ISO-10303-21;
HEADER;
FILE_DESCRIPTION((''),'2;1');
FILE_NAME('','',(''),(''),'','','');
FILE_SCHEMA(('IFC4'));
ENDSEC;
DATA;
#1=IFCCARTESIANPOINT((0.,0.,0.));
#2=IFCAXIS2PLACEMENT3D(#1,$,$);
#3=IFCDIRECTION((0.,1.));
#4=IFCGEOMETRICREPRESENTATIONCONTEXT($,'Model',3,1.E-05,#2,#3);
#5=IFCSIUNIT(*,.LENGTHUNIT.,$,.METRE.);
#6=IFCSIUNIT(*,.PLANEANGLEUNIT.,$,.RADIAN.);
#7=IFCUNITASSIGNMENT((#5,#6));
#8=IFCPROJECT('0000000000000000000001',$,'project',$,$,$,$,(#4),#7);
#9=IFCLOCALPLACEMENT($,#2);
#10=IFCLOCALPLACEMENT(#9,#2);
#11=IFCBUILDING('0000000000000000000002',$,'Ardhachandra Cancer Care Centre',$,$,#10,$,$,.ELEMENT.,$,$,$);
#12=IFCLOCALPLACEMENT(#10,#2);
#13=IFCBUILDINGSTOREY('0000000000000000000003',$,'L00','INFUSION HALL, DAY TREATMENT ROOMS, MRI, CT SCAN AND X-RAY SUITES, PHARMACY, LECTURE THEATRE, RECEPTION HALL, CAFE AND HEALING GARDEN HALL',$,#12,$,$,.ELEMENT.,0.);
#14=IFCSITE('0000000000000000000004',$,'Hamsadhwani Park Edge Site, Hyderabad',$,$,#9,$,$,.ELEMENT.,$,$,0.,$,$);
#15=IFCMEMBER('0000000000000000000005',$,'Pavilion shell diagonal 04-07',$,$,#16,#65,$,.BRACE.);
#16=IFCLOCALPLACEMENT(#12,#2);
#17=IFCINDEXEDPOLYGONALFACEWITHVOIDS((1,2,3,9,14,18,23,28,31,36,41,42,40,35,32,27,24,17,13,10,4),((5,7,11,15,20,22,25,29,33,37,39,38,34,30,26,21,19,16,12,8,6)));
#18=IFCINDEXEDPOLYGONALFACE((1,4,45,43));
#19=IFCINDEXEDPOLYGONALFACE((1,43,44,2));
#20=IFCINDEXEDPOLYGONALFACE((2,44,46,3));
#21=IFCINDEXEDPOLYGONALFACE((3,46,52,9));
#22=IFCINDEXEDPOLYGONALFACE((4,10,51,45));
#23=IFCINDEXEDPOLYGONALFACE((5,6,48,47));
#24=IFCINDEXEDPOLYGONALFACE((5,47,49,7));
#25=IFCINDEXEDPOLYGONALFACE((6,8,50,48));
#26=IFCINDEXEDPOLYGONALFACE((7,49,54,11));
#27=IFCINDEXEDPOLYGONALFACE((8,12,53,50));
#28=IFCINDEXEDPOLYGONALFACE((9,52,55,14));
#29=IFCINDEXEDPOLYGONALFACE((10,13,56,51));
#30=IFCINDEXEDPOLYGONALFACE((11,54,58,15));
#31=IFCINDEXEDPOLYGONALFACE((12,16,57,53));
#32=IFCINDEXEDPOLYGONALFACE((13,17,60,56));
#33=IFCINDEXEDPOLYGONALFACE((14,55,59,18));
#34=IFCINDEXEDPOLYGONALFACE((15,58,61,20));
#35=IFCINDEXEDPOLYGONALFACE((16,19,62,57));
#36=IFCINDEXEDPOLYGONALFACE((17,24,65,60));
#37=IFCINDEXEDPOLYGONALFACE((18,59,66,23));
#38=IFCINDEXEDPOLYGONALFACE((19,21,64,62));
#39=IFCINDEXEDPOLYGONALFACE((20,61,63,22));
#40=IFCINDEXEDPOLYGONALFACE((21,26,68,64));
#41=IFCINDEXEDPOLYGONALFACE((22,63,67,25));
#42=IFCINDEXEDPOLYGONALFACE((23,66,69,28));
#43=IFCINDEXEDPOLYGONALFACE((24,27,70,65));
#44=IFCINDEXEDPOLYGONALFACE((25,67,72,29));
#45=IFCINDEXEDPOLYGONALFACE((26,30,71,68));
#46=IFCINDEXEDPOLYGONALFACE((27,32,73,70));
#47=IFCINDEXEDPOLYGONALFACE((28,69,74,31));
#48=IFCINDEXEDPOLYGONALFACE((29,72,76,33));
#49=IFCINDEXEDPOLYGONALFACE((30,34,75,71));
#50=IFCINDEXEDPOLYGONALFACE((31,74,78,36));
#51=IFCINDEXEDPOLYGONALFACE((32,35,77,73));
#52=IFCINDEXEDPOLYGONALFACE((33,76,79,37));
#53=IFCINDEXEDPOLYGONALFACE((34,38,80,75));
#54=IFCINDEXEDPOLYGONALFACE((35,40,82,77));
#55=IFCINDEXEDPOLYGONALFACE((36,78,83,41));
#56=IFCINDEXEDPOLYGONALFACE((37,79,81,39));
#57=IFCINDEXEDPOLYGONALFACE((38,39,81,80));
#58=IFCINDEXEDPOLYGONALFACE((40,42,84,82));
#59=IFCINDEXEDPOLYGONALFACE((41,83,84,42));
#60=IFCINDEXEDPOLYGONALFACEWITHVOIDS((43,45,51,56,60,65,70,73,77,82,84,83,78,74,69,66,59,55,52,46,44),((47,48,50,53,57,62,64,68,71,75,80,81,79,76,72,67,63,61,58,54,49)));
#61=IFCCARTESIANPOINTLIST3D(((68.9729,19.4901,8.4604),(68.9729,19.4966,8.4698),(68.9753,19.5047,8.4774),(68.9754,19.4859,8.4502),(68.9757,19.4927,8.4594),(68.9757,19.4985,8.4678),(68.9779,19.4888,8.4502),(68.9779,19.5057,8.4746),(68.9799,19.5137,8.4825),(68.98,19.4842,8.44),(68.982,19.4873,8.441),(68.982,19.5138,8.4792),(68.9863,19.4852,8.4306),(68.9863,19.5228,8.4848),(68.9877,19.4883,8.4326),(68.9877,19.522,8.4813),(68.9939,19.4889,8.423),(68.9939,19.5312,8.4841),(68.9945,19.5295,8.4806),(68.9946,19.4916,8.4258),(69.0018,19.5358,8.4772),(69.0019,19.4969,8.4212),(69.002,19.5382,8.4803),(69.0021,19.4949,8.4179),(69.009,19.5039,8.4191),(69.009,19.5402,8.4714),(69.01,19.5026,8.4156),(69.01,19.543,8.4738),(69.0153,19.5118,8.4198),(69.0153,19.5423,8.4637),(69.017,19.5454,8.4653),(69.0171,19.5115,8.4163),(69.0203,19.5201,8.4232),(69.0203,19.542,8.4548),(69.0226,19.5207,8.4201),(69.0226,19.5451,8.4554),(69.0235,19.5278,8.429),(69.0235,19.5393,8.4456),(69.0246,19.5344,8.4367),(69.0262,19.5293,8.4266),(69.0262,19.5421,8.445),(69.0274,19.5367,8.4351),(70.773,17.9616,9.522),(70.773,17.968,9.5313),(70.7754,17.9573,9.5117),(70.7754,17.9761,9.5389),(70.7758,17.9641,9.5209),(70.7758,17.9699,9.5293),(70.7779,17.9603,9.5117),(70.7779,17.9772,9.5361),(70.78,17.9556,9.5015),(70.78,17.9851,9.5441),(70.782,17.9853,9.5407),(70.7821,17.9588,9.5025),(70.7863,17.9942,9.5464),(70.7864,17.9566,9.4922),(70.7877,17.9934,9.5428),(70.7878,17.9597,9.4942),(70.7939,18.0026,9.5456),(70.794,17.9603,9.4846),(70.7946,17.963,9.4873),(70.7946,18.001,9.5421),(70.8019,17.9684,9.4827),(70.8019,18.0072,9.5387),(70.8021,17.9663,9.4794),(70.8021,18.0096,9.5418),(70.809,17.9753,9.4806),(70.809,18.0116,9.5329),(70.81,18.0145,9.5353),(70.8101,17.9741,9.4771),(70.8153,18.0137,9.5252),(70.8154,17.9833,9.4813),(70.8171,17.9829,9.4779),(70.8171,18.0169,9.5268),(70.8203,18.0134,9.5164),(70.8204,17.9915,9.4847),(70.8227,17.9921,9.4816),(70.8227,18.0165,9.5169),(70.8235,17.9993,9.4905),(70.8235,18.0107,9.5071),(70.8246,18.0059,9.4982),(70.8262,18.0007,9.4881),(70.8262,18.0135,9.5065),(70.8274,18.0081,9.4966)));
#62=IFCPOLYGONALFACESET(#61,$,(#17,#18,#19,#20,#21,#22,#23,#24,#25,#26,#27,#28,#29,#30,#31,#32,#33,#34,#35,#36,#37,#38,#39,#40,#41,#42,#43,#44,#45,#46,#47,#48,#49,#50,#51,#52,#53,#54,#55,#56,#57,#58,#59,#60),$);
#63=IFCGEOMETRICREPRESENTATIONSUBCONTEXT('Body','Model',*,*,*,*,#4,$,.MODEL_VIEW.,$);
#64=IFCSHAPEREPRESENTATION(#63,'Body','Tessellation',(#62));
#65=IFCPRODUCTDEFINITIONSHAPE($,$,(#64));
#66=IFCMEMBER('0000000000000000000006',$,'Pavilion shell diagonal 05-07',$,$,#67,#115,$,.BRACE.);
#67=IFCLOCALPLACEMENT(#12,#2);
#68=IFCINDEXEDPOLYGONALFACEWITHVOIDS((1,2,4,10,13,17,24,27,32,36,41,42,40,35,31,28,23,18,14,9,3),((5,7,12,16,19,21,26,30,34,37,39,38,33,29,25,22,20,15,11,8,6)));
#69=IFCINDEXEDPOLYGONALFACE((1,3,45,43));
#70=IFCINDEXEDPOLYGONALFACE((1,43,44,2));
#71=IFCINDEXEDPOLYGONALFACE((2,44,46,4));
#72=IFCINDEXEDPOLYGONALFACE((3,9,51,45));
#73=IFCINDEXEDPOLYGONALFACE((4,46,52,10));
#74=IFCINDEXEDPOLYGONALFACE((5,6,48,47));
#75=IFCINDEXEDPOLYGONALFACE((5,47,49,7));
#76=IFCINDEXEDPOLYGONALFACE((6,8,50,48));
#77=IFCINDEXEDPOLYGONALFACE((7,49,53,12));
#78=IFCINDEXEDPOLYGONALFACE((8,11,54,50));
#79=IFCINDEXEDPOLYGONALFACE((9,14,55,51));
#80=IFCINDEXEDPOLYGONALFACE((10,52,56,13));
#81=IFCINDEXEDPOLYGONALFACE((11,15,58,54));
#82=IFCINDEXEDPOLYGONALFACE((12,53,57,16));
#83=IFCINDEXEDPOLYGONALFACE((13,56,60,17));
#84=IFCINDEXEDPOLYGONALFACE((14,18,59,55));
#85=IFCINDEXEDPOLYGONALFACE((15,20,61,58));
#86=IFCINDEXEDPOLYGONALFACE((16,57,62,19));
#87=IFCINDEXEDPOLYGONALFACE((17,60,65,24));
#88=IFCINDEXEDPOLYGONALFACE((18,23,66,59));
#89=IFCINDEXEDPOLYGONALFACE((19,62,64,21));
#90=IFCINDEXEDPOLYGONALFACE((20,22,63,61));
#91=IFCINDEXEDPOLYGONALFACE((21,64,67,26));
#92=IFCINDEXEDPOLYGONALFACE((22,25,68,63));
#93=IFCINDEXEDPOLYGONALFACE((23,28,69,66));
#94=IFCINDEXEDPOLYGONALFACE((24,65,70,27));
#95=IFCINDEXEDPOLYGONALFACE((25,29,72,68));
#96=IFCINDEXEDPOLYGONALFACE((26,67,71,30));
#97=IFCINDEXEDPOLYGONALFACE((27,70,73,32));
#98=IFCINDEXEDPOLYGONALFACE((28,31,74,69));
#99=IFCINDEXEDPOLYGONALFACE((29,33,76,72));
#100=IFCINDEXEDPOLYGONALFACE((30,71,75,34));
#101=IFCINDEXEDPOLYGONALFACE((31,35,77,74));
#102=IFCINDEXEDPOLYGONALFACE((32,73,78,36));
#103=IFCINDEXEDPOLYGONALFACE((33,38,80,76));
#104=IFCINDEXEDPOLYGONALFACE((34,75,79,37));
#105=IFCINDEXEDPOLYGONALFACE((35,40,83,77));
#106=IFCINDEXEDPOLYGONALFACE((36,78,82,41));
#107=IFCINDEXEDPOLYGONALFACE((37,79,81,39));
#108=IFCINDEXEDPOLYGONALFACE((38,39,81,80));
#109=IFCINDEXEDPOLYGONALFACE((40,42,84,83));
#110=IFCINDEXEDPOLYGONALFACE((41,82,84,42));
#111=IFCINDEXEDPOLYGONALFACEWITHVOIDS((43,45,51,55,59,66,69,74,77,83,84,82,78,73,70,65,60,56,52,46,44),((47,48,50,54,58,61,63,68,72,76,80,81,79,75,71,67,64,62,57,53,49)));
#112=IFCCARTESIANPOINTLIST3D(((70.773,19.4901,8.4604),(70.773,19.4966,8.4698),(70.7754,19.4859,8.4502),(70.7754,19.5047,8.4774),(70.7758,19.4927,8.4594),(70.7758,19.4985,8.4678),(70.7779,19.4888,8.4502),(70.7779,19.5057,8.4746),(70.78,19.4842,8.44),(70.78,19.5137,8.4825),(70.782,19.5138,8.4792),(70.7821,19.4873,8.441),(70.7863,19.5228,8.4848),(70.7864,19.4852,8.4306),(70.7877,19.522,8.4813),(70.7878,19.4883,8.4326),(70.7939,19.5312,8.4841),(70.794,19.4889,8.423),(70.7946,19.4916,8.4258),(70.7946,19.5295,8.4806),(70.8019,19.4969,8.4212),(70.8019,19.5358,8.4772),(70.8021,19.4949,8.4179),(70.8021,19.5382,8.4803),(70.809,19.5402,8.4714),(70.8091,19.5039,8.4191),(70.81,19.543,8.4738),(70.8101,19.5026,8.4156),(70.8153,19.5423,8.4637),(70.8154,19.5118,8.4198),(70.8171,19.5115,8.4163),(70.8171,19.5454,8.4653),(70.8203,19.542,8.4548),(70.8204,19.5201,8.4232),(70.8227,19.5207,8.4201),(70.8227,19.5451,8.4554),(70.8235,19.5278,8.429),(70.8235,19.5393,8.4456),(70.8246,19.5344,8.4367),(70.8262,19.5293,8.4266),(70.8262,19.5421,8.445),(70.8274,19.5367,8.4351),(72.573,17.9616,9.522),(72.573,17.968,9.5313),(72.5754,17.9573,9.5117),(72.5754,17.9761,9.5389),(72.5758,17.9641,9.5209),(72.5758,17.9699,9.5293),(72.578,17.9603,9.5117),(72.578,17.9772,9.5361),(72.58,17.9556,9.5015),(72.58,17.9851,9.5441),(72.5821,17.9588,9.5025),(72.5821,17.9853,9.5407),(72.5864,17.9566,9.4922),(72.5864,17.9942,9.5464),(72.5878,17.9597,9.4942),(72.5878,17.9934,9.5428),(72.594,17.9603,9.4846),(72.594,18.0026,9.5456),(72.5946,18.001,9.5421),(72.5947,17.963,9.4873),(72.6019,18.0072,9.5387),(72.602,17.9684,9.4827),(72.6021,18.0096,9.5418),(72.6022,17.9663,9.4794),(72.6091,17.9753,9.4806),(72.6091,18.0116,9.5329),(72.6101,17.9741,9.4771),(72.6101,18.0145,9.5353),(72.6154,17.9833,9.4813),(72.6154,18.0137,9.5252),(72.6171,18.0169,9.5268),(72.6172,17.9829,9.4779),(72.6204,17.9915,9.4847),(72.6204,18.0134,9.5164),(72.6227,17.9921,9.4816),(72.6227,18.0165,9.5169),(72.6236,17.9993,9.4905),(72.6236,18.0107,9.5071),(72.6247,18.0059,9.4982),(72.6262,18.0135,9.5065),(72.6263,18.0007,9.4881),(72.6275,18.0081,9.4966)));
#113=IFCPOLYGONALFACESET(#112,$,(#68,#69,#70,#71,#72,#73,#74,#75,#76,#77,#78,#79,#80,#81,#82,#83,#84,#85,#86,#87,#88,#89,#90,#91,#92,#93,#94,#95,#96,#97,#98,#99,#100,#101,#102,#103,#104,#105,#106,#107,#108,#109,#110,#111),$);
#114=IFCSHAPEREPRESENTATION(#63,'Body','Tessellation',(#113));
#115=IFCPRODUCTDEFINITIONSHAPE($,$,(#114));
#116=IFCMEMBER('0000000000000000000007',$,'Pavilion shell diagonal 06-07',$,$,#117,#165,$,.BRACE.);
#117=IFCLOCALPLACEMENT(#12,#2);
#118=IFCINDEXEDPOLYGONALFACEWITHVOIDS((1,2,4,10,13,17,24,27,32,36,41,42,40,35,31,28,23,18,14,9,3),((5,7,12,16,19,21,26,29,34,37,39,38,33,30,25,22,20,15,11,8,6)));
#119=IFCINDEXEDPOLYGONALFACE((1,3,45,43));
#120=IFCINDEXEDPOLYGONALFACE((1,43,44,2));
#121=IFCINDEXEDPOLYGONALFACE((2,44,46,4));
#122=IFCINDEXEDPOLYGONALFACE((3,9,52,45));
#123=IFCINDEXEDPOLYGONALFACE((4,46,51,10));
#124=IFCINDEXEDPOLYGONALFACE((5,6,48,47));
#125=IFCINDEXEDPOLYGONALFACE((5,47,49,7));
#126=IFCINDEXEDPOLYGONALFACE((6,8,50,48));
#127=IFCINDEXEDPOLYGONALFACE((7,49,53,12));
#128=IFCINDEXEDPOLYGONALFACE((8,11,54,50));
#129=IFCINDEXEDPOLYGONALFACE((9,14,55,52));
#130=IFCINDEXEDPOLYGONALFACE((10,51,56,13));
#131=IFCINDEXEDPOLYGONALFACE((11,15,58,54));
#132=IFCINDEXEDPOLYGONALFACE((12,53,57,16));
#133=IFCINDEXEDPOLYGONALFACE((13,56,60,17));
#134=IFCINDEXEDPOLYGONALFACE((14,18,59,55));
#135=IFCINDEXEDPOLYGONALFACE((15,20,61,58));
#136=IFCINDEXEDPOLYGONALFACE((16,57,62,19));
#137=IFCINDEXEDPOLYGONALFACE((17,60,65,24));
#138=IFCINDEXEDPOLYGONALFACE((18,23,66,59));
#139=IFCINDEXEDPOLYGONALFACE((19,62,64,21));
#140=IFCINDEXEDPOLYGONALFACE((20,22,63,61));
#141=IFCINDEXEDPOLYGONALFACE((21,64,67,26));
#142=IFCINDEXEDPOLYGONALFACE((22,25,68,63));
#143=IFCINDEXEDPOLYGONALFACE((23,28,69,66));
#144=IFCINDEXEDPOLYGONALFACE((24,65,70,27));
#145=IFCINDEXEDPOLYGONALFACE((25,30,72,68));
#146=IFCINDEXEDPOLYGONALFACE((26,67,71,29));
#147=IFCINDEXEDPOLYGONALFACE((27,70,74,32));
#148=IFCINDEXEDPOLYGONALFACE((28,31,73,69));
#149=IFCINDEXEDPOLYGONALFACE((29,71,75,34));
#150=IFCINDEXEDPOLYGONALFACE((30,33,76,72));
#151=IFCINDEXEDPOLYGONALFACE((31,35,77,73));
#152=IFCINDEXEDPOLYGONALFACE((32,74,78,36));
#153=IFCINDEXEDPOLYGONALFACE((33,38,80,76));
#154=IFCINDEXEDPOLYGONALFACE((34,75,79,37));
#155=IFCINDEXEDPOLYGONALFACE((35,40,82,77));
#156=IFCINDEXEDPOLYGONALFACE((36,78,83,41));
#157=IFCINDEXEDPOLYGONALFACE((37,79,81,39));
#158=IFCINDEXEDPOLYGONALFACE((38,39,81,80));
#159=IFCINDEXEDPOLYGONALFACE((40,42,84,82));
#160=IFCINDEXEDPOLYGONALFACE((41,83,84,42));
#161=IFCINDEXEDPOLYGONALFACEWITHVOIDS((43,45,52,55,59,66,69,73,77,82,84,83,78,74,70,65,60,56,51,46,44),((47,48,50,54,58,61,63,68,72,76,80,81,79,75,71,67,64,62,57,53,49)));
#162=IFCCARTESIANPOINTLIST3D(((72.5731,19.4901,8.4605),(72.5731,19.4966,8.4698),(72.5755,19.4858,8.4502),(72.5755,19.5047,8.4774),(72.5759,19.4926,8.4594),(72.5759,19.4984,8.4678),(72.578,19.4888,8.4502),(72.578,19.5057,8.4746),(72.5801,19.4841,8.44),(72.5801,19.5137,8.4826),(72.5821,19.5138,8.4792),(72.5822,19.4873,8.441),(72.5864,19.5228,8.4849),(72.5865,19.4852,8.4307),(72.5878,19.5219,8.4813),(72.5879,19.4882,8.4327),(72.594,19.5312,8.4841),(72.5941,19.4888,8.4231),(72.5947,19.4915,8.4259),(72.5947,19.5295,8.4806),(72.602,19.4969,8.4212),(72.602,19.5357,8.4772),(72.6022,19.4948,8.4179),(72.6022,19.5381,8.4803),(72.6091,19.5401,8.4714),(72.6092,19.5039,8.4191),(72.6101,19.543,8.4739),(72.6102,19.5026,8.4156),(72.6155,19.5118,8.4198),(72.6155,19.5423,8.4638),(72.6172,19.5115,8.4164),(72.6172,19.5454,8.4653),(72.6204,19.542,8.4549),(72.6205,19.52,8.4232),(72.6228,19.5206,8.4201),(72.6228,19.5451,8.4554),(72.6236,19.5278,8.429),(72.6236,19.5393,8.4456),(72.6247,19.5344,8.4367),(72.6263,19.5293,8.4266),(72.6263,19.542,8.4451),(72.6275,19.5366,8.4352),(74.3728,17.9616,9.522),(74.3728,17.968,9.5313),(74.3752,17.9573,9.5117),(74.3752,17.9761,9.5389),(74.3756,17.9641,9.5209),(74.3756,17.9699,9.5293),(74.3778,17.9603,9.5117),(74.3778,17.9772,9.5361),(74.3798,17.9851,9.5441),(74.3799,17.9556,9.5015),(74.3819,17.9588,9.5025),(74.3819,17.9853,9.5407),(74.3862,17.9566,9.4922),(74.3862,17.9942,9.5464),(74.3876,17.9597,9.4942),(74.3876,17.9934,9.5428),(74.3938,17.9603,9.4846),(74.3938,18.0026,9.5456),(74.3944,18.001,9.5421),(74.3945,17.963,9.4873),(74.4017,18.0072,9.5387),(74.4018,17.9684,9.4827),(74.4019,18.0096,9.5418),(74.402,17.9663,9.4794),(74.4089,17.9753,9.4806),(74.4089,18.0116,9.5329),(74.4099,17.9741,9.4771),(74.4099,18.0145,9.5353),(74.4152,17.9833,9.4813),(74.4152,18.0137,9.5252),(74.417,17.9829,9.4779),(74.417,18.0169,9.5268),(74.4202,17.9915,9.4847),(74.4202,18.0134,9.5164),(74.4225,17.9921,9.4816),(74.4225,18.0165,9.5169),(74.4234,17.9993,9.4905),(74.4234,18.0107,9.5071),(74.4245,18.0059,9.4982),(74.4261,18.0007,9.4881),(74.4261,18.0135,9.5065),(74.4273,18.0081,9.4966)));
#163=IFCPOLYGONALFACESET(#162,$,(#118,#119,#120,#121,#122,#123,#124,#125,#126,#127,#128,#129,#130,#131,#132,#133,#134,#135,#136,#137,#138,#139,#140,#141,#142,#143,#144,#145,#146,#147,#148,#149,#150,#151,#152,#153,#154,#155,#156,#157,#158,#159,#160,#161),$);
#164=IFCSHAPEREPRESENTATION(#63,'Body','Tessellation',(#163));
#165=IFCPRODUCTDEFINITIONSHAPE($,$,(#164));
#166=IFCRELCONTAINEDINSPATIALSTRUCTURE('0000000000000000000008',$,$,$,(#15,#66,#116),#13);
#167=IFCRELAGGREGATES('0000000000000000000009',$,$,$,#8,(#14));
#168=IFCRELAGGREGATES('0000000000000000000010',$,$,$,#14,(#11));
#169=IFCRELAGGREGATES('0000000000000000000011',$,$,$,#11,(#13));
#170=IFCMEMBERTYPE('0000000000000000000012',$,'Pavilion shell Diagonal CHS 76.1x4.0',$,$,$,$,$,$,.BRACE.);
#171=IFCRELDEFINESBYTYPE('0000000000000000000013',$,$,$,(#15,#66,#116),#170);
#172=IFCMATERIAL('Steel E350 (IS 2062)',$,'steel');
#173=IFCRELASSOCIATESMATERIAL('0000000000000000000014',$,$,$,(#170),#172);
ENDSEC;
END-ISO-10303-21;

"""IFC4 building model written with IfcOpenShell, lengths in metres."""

from ifc_helpers import new_model, si_unit, direction, frame, origin, origin_2d, place, context, subcontext, project, spatial, hollow_circle, extrude, material, material_profile, profile_set, type_object, element, save


model = new_model("IFC4")

# Units and contexts
model_context = context("Model", 3, precision=1e-05, world=origin(), true_north=direction((0.0, 1.0)))
body_context = subcontext(model_context, "Body", "Model", "MODEL_VIEW")
ifc_project = project(units=[si_unit("LENGTHUNIT", "METRE"), si_unit("PLANEANGLEUNIT", "RADIAN")], contexts=[model_context])

# Site, building, storey
site_placement = place(None, origin())
site = spatial("IfcSite", under=ifc_project, at=site_placement, Name="Hamsadhwani Park Edge Site, Hyderabad", CompositionType="ELEMENT", RefElevation=0.0)
building_placement = place(site_placement, origin())
building = spatial("IfcBuilding", under=site, at=building_placement, Name="Ardhachandra Cancer Care Centre", CompositionType="ELEMENT")
storey_placement = place(building_placement, origin())
storey = spatial("IfcBuildingStorey", under=building, at=storey_placement, Name="L00", Description="INFUSION HALL, DAY TREATMENT ROOMS, MRI, CT SCAN AND X-RAY SUITES, PHARMACY, LECTURE THEATRE, RECEPTION HALL, CAFE AND HEALING GARDEN HALL", CompositionType="ELEMENT", Elevation=0.0)

# Members
ifc_material_1 = material(Name="Steel E350 (IS 2062)", Category="steel")
ifc_material_profile_1 = material_profile(ifc_material_1, hollow_circle(Radius=0.0381, WallThickness=0.0039, at=origin_2d()), Name="CHS 76.1x4.0")
ifc_profile_set_1 = profile_set([ifc_material_profile_1], Name="Steel E350 (IS 2062)")
member_type_1 = type_object("IfcMemberType", Name="Pavilion shell Diagonal CHS 76.1x4.0", PredefinedType="BRACE", material=ifc_profile_set_1)
for number, where, z_axis, x_axis, name in (
    (1, (70.8, 17.9863, 9.5117), (-0.695237, 0.590381, -0.409995), (-0.647285, -0.762248, 0.0), "Pavilion shell diagonal 04-07"),
    (2, (72.6001, 17.9863, 9.5117), (-0.695237, 0.590381, -0.409995), (-0.647285, -0.762248, 0.0), "Pavilion shell diagonal 05-07"),
):
    element("IfcMember", number, at=place(storey_placement, frame(where, z_axis=z_axis, x_axis=x_axis)), inside=storey, type_object=member_type_1, Name=name, PredefinedType="BRACE", context=body_context, shape_type="SweptSolid", body=[
        extrude(hollow_circle(Radius=0.0381, WallThickness=0.0039, at=origin_2d()), origin(), (0.0, 0.0, 1.0), 2.5891),
    ])
member_1_placement = place(storey_placement, frame((74.3999, 17.9863, 9.5117), z_axis=(-0.695188, 0.59042, -0.410022), x_axis=(-0.647336, -0.762205, 0.0)))
element("IfcMember", 3, at=member_1_placement, inside=storey, type_object=member_type_1, Name="Pavilion shell diagonal 06-07", PredefinedType="BRACE", context=body_context, shape_type="SweptSolid", body=[
    extrude(hollow_circle(Radius=0.0381, WallThickness=0.0039, at=origin_2d()), origin(), (0.0, 0.0, 1.0), 2.5889),
])

save(model, "model.ifc")
